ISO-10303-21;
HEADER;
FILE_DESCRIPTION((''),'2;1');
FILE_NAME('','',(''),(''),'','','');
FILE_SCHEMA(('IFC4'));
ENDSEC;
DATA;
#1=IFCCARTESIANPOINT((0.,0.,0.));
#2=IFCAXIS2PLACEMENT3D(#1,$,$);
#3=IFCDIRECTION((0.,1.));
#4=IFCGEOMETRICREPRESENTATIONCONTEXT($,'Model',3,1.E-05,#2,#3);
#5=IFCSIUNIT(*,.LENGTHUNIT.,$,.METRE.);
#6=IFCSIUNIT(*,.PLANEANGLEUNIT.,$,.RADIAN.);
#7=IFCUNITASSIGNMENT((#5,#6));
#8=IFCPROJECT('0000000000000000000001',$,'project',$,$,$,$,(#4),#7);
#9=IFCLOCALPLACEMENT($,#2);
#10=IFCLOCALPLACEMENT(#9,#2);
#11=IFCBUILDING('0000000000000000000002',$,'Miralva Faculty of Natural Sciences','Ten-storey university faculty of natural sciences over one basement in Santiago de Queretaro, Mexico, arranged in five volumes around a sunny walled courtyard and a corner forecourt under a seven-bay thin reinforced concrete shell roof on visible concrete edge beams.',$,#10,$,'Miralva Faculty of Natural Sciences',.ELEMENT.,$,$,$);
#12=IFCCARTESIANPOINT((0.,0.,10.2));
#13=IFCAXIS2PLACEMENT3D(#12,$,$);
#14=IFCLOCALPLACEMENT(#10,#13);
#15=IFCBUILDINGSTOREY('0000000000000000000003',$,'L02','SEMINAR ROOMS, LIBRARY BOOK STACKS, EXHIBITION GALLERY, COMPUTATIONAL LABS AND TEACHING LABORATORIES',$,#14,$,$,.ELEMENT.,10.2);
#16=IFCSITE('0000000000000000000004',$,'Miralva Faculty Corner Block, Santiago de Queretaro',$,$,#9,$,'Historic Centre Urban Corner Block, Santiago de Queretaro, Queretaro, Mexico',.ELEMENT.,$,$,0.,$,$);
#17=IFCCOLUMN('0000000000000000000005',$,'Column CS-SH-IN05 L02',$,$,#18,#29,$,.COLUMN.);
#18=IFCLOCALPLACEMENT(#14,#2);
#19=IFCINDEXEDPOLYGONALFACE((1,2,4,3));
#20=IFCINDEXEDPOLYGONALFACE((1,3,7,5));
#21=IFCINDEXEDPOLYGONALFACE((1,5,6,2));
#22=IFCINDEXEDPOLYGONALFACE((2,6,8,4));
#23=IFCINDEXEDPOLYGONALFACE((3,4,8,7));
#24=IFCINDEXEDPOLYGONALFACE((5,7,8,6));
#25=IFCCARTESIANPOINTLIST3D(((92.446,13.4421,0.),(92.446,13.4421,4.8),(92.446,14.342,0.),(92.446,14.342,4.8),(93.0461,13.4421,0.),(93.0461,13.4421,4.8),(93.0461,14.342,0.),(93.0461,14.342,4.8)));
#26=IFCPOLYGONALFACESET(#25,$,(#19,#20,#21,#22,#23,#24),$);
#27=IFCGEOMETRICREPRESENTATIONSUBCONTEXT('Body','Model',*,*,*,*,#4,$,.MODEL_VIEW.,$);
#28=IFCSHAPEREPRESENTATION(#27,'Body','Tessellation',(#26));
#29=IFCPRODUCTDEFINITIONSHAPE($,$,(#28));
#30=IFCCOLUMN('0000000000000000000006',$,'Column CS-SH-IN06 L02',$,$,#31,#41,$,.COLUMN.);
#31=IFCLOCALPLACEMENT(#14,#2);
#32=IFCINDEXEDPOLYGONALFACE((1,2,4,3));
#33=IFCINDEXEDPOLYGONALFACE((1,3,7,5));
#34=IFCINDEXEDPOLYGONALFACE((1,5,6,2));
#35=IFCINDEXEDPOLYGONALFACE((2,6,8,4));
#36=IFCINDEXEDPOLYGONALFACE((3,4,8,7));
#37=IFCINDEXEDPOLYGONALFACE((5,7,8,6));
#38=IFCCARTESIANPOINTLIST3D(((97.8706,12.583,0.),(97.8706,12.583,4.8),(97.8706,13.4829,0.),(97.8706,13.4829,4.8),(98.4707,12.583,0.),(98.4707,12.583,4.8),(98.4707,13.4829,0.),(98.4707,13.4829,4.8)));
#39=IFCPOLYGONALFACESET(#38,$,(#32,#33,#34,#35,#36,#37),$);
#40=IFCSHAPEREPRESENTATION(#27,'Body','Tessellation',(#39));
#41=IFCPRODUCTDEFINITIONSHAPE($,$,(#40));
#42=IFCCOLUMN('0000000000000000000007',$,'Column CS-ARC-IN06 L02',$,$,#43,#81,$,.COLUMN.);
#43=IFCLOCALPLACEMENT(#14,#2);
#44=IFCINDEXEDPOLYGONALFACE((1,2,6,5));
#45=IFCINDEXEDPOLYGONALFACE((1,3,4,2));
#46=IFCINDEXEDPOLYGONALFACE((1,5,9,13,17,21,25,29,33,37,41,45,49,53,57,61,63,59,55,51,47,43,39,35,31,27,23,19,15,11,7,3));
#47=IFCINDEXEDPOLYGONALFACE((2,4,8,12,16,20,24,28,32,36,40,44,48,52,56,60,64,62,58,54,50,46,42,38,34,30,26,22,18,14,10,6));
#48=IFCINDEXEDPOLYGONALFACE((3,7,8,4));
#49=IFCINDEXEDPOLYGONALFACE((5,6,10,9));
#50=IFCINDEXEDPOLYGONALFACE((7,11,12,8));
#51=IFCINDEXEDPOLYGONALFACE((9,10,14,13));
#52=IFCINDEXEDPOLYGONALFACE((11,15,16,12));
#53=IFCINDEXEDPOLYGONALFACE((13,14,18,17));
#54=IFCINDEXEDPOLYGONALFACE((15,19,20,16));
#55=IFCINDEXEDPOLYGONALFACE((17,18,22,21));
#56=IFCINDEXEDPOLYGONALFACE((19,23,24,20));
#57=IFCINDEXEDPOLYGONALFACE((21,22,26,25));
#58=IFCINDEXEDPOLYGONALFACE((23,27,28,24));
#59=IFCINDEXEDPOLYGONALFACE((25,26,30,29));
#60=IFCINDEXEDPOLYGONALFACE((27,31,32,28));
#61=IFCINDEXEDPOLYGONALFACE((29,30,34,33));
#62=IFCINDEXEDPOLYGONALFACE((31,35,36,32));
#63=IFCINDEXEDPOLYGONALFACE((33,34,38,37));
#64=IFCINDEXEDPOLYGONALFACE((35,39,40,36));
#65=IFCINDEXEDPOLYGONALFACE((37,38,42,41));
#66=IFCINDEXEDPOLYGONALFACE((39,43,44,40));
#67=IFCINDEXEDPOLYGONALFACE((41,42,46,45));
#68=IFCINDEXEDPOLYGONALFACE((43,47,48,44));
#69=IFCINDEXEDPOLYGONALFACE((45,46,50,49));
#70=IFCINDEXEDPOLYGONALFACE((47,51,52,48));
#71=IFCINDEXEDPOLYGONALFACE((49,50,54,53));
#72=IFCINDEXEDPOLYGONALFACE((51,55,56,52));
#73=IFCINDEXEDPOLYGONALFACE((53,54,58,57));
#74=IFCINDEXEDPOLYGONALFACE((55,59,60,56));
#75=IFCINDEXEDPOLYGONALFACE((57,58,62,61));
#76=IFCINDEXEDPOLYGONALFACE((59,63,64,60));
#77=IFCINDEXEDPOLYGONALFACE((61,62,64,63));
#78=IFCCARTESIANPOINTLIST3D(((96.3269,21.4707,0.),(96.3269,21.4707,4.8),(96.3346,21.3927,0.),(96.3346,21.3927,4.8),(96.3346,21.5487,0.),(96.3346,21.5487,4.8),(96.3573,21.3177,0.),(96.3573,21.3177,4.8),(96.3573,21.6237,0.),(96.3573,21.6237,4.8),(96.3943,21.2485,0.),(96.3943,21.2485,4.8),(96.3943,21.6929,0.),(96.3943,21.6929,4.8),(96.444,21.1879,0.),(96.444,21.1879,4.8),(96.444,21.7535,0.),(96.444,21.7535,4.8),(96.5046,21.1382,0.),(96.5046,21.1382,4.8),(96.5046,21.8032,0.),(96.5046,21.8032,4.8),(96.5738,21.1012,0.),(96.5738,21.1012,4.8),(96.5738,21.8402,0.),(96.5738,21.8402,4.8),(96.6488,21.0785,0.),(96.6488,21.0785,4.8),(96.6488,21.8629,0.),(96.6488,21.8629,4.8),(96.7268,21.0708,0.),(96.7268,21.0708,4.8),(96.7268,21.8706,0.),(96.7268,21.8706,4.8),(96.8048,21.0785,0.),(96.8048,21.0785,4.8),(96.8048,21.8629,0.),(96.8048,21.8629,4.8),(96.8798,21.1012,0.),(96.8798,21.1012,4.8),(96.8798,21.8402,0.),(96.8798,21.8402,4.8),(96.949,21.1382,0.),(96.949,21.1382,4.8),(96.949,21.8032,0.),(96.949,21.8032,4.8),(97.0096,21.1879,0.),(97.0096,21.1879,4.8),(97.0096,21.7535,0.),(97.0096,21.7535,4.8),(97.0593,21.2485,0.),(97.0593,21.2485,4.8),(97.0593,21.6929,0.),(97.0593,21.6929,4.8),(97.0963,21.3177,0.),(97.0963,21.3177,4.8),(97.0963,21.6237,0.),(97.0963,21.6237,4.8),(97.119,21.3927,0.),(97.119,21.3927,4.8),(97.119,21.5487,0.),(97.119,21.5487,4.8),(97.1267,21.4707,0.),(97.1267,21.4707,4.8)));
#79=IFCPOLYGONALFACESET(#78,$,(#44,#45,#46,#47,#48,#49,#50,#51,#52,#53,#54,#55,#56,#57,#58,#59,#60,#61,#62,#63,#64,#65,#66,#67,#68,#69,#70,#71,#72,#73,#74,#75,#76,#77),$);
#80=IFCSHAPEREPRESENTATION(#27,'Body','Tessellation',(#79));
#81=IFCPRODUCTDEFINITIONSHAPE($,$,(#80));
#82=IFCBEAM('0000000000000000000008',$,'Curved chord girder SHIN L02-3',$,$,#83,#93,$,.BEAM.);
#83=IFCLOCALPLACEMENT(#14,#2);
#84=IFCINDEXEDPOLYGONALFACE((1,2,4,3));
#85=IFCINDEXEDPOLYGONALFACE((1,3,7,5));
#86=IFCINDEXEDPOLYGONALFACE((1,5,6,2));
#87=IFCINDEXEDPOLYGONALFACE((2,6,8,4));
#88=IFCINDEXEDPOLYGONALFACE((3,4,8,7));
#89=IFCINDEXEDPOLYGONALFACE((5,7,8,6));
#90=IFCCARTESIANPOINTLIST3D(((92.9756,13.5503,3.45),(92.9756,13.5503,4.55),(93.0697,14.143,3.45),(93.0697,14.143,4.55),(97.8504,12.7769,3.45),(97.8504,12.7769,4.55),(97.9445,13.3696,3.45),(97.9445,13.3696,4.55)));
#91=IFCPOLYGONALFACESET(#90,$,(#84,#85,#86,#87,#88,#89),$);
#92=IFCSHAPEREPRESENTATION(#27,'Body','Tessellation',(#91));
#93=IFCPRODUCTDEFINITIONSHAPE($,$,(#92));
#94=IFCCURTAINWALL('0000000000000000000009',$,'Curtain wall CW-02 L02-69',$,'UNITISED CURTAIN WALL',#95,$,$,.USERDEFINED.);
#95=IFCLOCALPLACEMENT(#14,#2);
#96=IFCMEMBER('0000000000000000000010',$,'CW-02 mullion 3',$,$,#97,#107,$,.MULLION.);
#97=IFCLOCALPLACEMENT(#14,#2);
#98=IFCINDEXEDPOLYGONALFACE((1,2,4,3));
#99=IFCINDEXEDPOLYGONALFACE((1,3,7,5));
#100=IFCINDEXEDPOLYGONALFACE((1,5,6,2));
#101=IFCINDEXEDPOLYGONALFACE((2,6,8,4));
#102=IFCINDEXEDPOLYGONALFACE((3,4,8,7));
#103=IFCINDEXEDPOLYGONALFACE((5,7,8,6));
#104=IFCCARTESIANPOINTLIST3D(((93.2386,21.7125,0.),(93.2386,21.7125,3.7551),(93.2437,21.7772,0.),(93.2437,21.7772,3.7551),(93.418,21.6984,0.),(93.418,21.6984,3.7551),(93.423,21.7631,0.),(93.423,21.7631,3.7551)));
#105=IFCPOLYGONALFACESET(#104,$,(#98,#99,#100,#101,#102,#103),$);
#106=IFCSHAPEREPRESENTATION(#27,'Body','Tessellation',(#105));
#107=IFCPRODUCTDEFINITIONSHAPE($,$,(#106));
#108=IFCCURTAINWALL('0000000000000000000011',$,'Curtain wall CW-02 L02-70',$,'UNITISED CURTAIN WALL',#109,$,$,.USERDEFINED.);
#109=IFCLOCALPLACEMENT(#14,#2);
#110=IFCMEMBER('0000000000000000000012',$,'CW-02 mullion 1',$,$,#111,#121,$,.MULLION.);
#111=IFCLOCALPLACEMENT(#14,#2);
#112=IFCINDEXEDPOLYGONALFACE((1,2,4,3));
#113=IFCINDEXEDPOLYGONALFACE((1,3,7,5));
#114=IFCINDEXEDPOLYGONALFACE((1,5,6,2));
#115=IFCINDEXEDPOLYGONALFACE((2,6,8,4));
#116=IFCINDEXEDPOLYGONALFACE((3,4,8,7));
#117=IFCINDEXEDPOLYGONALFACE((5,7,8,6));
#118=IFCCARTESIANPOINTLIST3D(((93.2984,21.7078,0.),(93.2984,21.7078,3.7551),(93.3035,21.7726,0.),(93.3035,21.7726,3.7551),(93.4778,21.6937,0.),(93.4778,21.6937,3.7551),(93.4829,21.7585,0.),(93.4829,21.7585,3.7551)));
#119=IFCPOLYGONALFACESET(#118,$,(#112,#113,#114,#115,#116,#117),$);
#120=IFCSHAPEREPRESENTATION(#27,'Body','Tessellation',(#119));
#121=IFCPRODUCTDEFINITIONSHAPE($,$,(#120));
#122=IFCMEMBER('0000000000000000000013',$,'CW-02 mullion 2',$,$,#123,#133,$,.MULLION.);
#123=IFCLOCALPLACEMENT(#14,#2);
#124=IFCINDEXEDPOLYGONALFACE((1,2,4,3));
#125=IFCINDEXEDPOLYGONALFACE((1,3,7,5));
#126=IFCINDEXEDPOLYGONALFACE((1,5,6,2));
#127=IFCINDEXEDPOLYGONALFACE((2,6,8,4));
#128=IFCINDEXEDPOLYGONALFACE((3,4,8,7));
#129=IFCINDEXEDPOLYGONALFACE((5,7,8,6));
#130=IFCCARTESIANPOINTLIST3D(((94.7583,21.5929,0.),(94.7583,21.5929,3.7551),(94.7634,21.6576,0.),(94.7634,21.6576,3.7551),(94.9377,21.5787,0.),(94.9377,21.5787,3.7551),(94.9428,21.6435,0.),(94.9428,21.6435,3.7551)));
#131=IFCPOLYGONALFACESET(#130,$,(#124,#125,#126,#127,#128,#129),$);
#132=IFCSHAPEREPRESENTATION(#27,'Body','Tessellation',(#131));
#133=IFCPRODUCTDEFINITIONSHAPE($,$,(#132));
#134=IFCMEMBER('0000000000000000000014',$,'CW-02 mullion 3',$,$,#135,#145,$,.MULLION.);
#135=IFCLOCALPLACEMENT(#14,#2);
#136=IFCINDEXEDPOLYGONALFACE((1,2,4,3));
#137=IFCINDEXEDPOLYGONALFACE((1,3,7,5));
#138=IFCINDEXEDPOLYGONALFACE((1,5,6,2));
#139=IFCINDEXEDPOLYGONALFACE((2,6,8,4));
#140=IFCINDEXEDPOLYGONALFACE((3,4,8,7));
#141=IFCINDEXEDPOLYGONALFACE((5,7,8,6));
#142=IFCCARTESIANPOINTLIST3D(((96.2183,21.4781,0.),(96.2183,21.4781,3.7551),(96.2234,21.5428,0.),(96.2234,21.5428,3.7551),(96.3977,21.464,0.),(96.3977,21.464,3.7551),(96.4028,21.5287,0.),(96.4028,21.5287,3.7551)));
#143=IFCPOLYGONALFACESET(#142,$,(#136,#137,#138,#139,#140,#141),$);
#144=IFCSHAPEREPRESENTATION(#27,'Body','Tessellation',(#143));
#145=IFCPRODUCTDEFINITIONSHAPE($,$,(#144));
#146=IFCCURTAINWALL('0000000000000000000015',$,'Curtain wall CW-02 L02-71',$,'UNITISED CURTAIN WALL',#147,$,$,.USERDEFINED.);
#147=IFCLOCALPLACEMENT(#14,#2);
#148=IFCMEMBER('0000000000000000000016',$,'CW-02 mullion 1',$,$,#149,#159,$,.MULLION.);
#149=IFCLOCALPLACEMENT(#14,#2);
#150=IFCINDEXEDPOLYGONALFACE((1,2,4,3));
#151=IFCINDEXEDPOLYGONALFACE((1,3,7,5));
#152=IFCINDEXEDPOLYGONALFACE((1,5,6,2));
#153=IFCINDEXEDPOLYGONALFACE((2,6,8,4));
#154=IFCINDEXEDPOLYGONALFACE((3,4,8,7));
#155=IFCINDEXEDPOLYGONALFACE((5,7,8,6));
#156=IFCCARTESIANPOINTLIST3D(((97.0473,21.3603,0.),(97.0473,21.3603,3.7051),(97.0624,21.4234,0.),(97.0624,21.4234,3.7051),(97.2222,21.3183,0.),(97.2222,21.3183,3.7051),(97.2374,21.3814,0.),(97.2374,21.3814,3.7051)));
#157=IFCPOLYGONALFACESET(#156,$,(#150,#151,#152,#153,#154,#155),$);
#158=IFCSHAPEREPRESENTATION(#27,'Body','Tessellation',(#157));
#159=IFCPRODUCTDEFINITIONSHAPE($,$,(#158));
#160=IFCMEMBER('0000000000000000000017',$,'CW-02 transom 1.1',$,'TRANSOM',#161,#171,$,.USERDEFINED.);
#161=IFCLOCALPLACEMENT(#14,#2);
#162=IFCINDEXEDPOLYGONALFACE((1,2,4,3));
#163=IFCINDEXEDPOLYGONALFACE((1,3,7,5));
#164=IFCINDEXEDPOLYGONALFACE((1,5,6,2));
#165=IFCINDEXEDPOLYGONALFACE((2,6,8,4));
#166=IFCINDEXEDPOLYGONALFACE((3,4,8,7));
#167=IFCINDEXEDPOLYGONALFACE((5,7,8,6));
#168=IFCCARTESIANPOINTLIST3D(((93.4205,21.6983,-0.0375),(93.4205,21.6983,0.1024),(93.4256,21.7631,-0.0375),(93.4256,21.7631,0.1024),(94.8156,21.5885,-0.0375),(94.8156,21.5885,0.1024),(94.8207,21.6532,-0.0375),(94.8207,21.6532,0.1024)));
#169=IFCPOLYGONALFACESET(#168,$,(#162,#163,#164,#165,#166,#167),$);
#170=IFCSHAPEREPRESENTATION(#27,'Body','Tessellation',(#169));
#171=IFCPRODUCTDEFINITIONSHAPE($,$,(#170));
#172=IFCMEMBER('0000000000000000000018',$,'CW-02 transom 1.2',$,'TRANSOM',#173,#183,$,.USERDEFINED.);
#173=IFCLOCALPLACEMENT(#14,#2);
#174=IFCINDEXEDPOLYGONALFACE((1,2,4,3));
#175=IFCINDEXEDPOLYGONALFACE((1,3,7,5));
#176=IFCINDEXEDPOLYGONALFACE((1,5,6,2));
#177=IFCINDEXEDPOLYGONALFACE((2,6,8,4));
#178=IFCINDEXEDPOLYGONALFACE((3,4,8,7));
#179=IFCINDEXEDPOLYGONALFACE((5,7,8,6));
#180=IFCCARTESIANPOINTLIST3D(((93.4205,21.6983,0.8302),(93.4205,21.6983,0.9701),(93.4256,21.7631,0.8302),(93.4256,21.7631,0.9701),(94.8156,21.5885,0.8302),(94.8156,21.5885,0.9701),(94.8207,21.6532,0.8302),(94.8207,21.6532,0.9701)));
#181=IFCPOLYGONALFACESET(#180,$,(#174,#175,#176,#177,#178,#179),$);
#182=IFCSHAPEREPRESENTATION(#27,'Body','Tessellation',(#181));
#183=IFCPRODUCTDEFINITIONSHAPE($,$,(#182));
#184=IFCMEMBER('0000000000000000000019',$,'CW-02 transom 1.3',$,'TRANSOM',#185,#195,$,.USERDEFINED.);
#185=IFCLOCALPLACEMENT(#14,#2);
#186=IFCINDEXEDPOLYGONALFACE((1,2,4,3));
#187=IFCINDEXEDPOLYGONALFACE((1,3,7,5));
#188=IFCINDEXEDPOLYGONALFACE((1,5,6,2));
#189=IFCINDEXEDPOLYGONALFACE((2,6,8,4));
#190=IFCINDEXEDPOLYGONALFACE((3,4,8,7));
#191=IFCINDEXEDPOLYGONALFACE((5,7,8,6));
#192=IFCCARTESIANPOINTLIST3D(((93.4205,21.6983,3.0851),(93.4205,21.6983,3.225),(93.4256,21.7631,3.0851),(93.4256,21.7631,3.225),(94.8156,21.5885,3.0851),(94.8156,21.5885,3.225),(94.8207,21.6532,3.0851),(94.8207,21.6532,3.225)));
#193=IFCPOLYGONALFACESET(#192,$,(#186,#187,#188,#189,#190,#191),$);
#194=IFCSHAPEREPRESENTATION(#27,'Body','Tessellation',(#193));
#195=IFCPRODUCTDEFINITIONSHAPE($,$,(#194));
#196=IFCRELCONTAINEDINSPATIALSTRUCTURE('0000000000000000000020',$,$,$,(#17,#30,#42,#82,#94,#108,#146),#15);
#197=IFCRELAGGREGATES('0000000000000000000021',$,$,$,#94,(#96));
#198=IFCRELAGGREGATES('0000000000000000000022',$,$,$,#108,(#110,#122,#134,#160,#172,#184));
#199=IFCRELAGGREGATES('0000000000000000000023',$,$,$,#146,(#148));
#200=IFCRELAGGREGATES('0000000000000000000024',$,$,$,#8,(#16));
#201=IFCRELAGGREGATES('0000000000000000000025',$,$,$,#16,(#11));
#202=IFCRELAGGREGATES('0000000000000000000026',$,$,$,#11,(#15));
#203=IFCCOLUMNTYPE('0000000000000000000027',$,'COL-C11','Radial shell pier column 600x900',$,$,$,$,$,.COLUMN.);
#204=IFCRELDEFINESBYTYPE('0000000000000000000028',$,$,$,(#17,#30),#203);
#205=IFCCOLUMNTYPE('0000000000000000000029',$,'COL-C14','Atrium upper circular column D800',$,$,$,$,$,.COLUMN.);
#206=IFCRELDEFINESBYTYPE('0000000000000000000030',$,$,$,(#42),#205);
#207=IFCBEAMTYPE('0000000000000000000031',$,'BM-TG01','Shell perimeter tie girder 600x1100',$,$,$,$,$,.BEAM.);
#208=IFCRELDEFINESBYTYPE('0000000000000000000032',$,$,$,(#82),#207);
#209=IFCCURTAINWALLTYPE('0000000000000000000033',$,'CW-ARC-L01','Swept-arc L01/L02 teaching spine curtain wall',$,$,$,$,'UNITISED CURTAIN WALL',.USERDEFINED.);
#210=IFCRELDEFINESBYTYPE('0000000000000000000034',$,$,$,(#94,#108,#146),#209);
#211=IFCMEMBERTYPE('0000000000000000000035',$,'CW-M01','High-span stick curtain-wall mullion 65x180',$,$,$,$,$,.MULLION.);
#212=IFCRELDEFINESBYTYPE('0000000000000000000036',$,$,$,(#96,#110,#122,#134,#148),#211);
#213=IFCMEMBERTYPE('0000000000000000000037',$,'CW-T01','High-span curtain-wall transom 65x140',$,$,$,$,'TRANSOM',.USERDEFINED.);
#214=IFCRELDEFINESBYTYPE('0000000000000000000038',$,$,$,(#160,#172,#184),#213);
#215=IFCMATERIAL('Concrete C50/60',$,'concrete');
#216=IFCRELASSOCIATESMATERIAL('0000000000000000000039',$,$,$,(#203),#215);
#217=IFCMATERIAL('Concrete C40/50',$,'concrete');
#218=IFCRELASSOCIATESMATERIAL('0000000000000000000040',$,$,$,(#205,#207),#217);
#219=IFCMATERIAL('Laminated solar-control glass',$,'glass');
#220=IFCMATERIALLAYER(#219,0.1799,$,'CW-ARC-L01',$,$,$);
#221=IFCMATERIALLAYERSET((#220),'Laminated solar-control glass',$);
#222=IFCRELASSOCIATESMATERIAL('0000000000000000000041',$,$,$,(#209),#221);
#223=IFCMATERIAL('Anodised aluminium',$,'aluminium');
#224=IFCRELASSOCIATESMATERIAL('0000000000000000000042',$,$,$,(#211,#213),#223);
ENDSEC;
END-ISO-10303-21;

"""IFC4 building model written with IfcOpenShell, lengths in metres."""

from ifc_helpers import new_model, si_unit, direction, frame, origin, origin_2d, place, context, subcontext, project, spatial, rectangle, circle, extrude, material, layer, layer_set, material_profile, profile_set, type_object, element, aggregate, save


model = new_model("IFC4")

# Units and contexts
model_context = context("Model", 3, precision=1e-05, world=origin(), true_north=direction((0.0, 1.0)))
body_context = subcontext(model_context, "Body", "Model", "MODEL_VIEW")
ifc_project = project(units=[si_unit("LENGTHUNIT", "METRE"), si_unit("PLANEANGLEUNIT", "RADIAN")], contexts=[model_context])

# Site, building, storey
site_placement = place(None, origin())
site = spatial("IfcSite", under=ifc_project, at=site_placement, Name="Miralva Faculty Corner Block, Santiago de Queretaro", LongName="Historic Centre Urban Corner Block, Santiago de Queretaro, Queretaro, Mexico", CompositionType="ELEMENT", RefElevation=0.0)
building_placement = place(site_placement, origin())
building = spatial("IfcBuilding", under=site, at=building_placement, Name="Miralva Faculty of Natural Sciences", Description="Ten-storey university faculty of natural sciences over one basement in Santiago de Queretaro, Mexico, arranged in five volumes around a sunny walled courtyard and a corner forecourt under a seven-bay thin reinforced concrete shell roof on visible concrete edge beams.", LongName="Miralva Faculty of Natural Sciences", CompositionType="ELEMENT")
storey_placement = place(building_placement, frame((0.0, 0.0, 10.2)))
storey = spatial("IfcBuildingStorey", under=building, at=storey_placement, Name="L02", Description="SEMINAR ROOMS, LIBRARY BOOK STACKS, EXHIBITION GALLERY, COMPUTATIONAL LABS AND TEACHING LABORATORIES", CompositionType="ELEMENT", Elevation=10.2)

# Columns
ifc_material_1 = material(Name="Concrete C50/60", Category="concrete")
ifc_material_profile_1 = material_profile(ifc_material_1, rectangle(XDim=0.6001, YDim=0.8999, at=origin_2d()), Name="RC 600x900")
ifc_profile_set_1 = profile_set([ifc_material_profile_1], Name="Concrete C50/60")
column_type_1 = type_object("IfcColumnType", Name="COL-C11", Description="Radial shell pier column 600x900", PredefinedType="COLUMN", material=ifc_profile_set_1)
for number, where, z_axis, x_axis, name in (
    (1, (92.7461, 13.8921, 0.0), (0.0, 0.0, 1.0), (1.0, 0.0, 0.0), "Column CS-SH-IN05 L02"),
    (2, (98.1707, 13.033, 0.0), (0.0, 0.0, 1.0), (1.0, 0.0, 0.0), "Column CS-SH-IN06 L02"),
):
    element("IfcColumn", number, at=place(storey_placement, frame(where, z_axis=z_axis, x_axis=x_axis)), inside=storey, type_object=column_type_1, Name=name, PredefinedType="COLUMN", context=body_context, shape_type="SweptSolid", body=[
        extrude(rectangle(XDim=0.6001, YDim=0.8999, at=origin_2d()), origin(), (0.0, 0.0, 1.0), 4.8),
    ])
ifc_material_2 = material(Name="Concrete C40/50", Category="concrete")
ifc_material_profile_2 = material_profile(ifc_material_2, circle(Radius=0.3999, at=origin_2d()), Name="RC DIA 800")
ifc_profile_set_2 = profile_set([ifc_material_profile_2], Name="Concrete C40/50")
column_type_2 = type_object("IfcColumnType", Name="COL-C14", Description="Atrium upper circular column D800", PredefinedType="COLUMN", material=ifc_profile_set_2)
column_placement = place(storey_placement, frame((96.7268, 21.4707, 0.0), z_axis=(0.0, 0.0, 1.0), x_axis=(1.0, 0.0, 0.0)))
element("IfcColumn", 3, at=column_placement, inside=storey, type_object=column_type_2, Name="Column CS-ARC-IN06 L02", PredefinedType="COLUMN", context=body_context, shape_type="SweptSolid", body=[
    extrude(circle(Radius=0.3999, at=origin_2d()), origin(), (0.0, 0.0, 1.0), 4.8),
])

# Beam
ifc_material_profile_3 = material_profile(ifc_material_2, rectangle(XDim=0.6001, YDim=1.1001, at=origin_2d()), Name="RC 600x1100")
ifc_profile_set_3 = profile_set([ifc_material_profile_3], Name="Concrete C40/50")
beam_type = type_object("IfcBeamType", Name="BM-TG01", Description="Shell perimeter tie girder 600x1100", PredefinedType="BEAM", material=ifc_profile_set_3)
beam_placement = place(storey_placement, frame((97.8975, 13.0732, 4.0), z_axis=(-0.987646, 0.156702, 0.0), x_axis=(-0.156702, -0.987646, 0.0)))
element("IfcBeam", 4, at=beam_placement, inside=storey, type_object=beam_type, Name="Curved chord girder SHIN L02-3", PredefinedType="BEAM", context=body_context, shape_type="SweptSolid", body=[
    extrude(rectangle(XDim=0.6001, YDim=1.1001, at=origin_2d()), origin(), (0.0, 0.0, 1.0), 4.9358),
])

# Curtain wall, member
ifc_material_3 = material(Name="Laminated solar-control glass", Category="glass")
ifc_layer_1 = layer(ifc_material_3, 0.1799, Name="CW-ARC-L01")
ifc_layer_set_1 = layer_set([ifc_layer_1], Name="Laminated solar-control glass")
curtain_wall_type = type_object("IfcCurtainWallType", Name="CW-ARC-L01", Description="Swept-arc L01/L02 teaching spine curtain wall", ElementType="UNITISED CURTAIN WALL", PredefinedType="USERDEFINED", material=ifc_layer_set_1)
curtain_wall_1_placement = place(storey_placement, origin())
curtain_wall_1 = element("IfcCurtainWall", 5, at=curtain_wall_1_placement, inside=storey, type_object=curtain_wall_type, Name="Curtain wall CW-02 L02-69", ObjectType="UNITISED CURTAIN WALL", PredefinedType="USERDEFINED")
ifc_material_4 = material(Name="Anodised aluminium", Category="aluminium")
ifc_material_profile_4 = material_profile(ifc_material_4, rectangle(XDim=0.0649, YDim=0.1799, at=origin_2d()), Name="MULLION 65x180")
ifc_profile_set_4 = profile_set([ifc_material_profile_4], Name="Anodised aluminium")
member_type_1 = type_object("IfcMemberType", Name="CW-M01", Description="High-span stick curtain-wall mullion 65x180", PredefinedType="MULLION", material=ifc_profile_set_4)
member_1_placement = place(storey_placement, frame((93.3308, 21.7378, 0.0), z_axis=(0.0, 0.0, 1.0), x_axis=(0.078462, 0.996917, 0.0)))
member_1 = element("IfcMember", 6, at=member_1_placement, type_object=member_type_1, Name="CW-02 mullion 3", PredefinedType="MULLION", context=body_context, shape_type="SweptSolid", body=[
    extrude(rectangle(XDim=0.0649, YDim=0.1799, at=origin_2d()), origin(), (0.0, 0.0, 1.0), 3.7551),
])

# Curtain wall, members
curtain_wall_2_placement = place(storey_placement, origin())
curtain_wall_2 = element("IfcCurtainWall", 7, at=curtain_wall_2_placement, inside=storey, type_object=curtain_wall_type, Name="Curtain wall CW-02 L02-70", ObjectType="UNITISED CURTAIN WALL", PredefinedType="USERDEFINED")
member_2_placement = place(storey_placement, frame((93.3906, 21.7332, 0.0), z_axis=(0.0, 0.0, 1.0), x_axis=(0.078461, 0.996917, 0.0)))
member_2 = element("IfcMember", 8, at=member_2_placement, type_object=member_type_1, Name="CW-02 mullion 1", PredefinedType="MULLION", context=body_context, shape_type="SweptSolid", body=[
    extrude(rectangle(XDim=0.0649, YDim=0.1799, at=origin_2d()), origin(), (0.0, 0.0, 1.0), 3.7551),
])
member_3_placement = place(storey_placement, frame((94.8506, 21.6182, 0.0), z_axis=(0.0, 0.0, 1.0), x_axis=(0.078461, 0.996917, 0.0)))
member_3 = element("IfcMember", 9, at=member_3_placement, type_object=member_type_1, Name="CW-02 mullion 2", PredefinedType="MULLION", context=body_context, shape_type="SweptSolid", body=[
    extrude(rectangle(XDim=0.0649, YDim=0.1799, at=origin_2d()), origin(), (0.0, 0.0, 1.0), 3.7551),
])
member_4_placement = place(storey_placement, frame((96.3105, 21.5034, 0.0), z_axis=(0.0, 0.0, 1.0), x_axis=(0.078461, 0.996917, 0.0)))
member_4 = element("IfcMember", 10, at=member_4_placement, type_object=member_type_1, Name="CW-02 mullion 3", PredefinedType="MULLION", context=body_context, shape_type="SweptSolid", body=[
    extrude(rectangle(XDim=0.0649, YDim=0.1799, at=origin_2d()), origin(), (0.0, 0.0, 1.0), 3.7551),
])

# Curtain wall, member
curtain_wall_3_placement = place(storey_placement, origin())
curtain_wall_3 = element("IfcCurtainWall", 11, at=curtain_wall_3_placement, inside=storey, type_object=curtain_wall_type, Name="Curtain wall CW-02 L02-71", ObjectType="UNITISED CURTAIN WALL", PredefinedType="USERDEFINED")
member_5_placement = place(storey_placement, frame((97.1423, 21.3708, 0.0), z_axis=(0.0, 0.0, 1.0), x_axis=(0.233457, 0.972367, 0.0)))
member_5 = element("IfcMember", 12, at=member_5_placement, type_object=member_type_1, Name="CW-02 mullion 1", PredefinedType="MULLION", context=body_context, shape_type="SweptSolid", body=[
    extrude(rectangle(XDim=0.0649, YDim=0.1799, at=origin_2d()), origin(), (0.0, 0.0, 1.0), 3.7051),
])

# Members
ifc_material_profile_5 = material_profile(ifc_material_4, rectangle(XDim=0.0649, YDim=0.1399, at=origin_2d()), Name="TRANSOM 65x140")
ifc_profile_set_5 = profile_set([ifc_material_profile_5], Name="Anodised aluminium")
member_type_2 = type_object("IfcMemberType", Name="CW-T01", Description="High-span curtain-wall transom 65x140", ElementType="TRANSOM", PredefinedType="USERDEFINED", material=ifc_profile_set_5)
member_6_placement = place(storey_placement, frame((93.4231, 21.7307, 0.0325), z_axis=(0.996913, -0.078511, 0.0), x_axis=(0.078511, 0.996913, 0.0)))
member_6 = element("IfcMember", 13, at=member_6_placement, type_object=member_type_2, Name="CW-02 transom 1.1", ObjectType="TRANSOM", PredefinedType="USERDEFINED", context=body_context, shape_type="SweptSolid", body=[
    extrude(rectangle(XDim=0.0649, YDim=0.1399, at=origin_2d()), origin(), (0.0, 0.0, 1.0), 1.3994),
])
member_7_placement = place(storey_placement, frame((93.4231, 21.7307, 0.9001), z_axis=(0.996913, -0.078511, 0.0), x_axis=(0.078511, 0.996913, 0.0)))
member_7 = element("IfcMember", 14, at=member_7_placement, type_object=member_type_2, Name="CW-02 transom 1.2", ObjectType="TRANSOM", PredefinedType="USERDEFINED", context=body_context, shape_type="SweptSolid", body=[
    extrude(rectangle(XDim=0.0649, YDim=0.1399, at=origin_2d()), origin(), (0.0, 0.0, 1.0), 1.3994),
])
member_8_placement = place(storey_placement, frame((93.4231, 21.7307, 3.155), z_axis=(0.996913, -0.078511, 0.0), x_axis=(0.078511, 0.996913, 0.0)))
member_8 = element("IfcMember", 15, at=member_8_placement, type_object=member_type_2, Name="CW-02 transom 1.3", ObjectType="TRANSOM", PredefinedType="USERDEFINED", context=body_context, shape_type="SweptSolid", body=[
    extrude(rectangle(XDim=0.0649, YDim=0.1399, at=origin_2d()), origin(), (0.0, 0.0, 1.0), 1.3994),
])

aggregate(curtain_wall_1, [member_1])
aggregate(curtain_wall_2, [member_2, member_3, member_4, member_6, member_7, member_8])
aggregate(curtain_wall_3, [member_5])

save(model, "model.ifc")
